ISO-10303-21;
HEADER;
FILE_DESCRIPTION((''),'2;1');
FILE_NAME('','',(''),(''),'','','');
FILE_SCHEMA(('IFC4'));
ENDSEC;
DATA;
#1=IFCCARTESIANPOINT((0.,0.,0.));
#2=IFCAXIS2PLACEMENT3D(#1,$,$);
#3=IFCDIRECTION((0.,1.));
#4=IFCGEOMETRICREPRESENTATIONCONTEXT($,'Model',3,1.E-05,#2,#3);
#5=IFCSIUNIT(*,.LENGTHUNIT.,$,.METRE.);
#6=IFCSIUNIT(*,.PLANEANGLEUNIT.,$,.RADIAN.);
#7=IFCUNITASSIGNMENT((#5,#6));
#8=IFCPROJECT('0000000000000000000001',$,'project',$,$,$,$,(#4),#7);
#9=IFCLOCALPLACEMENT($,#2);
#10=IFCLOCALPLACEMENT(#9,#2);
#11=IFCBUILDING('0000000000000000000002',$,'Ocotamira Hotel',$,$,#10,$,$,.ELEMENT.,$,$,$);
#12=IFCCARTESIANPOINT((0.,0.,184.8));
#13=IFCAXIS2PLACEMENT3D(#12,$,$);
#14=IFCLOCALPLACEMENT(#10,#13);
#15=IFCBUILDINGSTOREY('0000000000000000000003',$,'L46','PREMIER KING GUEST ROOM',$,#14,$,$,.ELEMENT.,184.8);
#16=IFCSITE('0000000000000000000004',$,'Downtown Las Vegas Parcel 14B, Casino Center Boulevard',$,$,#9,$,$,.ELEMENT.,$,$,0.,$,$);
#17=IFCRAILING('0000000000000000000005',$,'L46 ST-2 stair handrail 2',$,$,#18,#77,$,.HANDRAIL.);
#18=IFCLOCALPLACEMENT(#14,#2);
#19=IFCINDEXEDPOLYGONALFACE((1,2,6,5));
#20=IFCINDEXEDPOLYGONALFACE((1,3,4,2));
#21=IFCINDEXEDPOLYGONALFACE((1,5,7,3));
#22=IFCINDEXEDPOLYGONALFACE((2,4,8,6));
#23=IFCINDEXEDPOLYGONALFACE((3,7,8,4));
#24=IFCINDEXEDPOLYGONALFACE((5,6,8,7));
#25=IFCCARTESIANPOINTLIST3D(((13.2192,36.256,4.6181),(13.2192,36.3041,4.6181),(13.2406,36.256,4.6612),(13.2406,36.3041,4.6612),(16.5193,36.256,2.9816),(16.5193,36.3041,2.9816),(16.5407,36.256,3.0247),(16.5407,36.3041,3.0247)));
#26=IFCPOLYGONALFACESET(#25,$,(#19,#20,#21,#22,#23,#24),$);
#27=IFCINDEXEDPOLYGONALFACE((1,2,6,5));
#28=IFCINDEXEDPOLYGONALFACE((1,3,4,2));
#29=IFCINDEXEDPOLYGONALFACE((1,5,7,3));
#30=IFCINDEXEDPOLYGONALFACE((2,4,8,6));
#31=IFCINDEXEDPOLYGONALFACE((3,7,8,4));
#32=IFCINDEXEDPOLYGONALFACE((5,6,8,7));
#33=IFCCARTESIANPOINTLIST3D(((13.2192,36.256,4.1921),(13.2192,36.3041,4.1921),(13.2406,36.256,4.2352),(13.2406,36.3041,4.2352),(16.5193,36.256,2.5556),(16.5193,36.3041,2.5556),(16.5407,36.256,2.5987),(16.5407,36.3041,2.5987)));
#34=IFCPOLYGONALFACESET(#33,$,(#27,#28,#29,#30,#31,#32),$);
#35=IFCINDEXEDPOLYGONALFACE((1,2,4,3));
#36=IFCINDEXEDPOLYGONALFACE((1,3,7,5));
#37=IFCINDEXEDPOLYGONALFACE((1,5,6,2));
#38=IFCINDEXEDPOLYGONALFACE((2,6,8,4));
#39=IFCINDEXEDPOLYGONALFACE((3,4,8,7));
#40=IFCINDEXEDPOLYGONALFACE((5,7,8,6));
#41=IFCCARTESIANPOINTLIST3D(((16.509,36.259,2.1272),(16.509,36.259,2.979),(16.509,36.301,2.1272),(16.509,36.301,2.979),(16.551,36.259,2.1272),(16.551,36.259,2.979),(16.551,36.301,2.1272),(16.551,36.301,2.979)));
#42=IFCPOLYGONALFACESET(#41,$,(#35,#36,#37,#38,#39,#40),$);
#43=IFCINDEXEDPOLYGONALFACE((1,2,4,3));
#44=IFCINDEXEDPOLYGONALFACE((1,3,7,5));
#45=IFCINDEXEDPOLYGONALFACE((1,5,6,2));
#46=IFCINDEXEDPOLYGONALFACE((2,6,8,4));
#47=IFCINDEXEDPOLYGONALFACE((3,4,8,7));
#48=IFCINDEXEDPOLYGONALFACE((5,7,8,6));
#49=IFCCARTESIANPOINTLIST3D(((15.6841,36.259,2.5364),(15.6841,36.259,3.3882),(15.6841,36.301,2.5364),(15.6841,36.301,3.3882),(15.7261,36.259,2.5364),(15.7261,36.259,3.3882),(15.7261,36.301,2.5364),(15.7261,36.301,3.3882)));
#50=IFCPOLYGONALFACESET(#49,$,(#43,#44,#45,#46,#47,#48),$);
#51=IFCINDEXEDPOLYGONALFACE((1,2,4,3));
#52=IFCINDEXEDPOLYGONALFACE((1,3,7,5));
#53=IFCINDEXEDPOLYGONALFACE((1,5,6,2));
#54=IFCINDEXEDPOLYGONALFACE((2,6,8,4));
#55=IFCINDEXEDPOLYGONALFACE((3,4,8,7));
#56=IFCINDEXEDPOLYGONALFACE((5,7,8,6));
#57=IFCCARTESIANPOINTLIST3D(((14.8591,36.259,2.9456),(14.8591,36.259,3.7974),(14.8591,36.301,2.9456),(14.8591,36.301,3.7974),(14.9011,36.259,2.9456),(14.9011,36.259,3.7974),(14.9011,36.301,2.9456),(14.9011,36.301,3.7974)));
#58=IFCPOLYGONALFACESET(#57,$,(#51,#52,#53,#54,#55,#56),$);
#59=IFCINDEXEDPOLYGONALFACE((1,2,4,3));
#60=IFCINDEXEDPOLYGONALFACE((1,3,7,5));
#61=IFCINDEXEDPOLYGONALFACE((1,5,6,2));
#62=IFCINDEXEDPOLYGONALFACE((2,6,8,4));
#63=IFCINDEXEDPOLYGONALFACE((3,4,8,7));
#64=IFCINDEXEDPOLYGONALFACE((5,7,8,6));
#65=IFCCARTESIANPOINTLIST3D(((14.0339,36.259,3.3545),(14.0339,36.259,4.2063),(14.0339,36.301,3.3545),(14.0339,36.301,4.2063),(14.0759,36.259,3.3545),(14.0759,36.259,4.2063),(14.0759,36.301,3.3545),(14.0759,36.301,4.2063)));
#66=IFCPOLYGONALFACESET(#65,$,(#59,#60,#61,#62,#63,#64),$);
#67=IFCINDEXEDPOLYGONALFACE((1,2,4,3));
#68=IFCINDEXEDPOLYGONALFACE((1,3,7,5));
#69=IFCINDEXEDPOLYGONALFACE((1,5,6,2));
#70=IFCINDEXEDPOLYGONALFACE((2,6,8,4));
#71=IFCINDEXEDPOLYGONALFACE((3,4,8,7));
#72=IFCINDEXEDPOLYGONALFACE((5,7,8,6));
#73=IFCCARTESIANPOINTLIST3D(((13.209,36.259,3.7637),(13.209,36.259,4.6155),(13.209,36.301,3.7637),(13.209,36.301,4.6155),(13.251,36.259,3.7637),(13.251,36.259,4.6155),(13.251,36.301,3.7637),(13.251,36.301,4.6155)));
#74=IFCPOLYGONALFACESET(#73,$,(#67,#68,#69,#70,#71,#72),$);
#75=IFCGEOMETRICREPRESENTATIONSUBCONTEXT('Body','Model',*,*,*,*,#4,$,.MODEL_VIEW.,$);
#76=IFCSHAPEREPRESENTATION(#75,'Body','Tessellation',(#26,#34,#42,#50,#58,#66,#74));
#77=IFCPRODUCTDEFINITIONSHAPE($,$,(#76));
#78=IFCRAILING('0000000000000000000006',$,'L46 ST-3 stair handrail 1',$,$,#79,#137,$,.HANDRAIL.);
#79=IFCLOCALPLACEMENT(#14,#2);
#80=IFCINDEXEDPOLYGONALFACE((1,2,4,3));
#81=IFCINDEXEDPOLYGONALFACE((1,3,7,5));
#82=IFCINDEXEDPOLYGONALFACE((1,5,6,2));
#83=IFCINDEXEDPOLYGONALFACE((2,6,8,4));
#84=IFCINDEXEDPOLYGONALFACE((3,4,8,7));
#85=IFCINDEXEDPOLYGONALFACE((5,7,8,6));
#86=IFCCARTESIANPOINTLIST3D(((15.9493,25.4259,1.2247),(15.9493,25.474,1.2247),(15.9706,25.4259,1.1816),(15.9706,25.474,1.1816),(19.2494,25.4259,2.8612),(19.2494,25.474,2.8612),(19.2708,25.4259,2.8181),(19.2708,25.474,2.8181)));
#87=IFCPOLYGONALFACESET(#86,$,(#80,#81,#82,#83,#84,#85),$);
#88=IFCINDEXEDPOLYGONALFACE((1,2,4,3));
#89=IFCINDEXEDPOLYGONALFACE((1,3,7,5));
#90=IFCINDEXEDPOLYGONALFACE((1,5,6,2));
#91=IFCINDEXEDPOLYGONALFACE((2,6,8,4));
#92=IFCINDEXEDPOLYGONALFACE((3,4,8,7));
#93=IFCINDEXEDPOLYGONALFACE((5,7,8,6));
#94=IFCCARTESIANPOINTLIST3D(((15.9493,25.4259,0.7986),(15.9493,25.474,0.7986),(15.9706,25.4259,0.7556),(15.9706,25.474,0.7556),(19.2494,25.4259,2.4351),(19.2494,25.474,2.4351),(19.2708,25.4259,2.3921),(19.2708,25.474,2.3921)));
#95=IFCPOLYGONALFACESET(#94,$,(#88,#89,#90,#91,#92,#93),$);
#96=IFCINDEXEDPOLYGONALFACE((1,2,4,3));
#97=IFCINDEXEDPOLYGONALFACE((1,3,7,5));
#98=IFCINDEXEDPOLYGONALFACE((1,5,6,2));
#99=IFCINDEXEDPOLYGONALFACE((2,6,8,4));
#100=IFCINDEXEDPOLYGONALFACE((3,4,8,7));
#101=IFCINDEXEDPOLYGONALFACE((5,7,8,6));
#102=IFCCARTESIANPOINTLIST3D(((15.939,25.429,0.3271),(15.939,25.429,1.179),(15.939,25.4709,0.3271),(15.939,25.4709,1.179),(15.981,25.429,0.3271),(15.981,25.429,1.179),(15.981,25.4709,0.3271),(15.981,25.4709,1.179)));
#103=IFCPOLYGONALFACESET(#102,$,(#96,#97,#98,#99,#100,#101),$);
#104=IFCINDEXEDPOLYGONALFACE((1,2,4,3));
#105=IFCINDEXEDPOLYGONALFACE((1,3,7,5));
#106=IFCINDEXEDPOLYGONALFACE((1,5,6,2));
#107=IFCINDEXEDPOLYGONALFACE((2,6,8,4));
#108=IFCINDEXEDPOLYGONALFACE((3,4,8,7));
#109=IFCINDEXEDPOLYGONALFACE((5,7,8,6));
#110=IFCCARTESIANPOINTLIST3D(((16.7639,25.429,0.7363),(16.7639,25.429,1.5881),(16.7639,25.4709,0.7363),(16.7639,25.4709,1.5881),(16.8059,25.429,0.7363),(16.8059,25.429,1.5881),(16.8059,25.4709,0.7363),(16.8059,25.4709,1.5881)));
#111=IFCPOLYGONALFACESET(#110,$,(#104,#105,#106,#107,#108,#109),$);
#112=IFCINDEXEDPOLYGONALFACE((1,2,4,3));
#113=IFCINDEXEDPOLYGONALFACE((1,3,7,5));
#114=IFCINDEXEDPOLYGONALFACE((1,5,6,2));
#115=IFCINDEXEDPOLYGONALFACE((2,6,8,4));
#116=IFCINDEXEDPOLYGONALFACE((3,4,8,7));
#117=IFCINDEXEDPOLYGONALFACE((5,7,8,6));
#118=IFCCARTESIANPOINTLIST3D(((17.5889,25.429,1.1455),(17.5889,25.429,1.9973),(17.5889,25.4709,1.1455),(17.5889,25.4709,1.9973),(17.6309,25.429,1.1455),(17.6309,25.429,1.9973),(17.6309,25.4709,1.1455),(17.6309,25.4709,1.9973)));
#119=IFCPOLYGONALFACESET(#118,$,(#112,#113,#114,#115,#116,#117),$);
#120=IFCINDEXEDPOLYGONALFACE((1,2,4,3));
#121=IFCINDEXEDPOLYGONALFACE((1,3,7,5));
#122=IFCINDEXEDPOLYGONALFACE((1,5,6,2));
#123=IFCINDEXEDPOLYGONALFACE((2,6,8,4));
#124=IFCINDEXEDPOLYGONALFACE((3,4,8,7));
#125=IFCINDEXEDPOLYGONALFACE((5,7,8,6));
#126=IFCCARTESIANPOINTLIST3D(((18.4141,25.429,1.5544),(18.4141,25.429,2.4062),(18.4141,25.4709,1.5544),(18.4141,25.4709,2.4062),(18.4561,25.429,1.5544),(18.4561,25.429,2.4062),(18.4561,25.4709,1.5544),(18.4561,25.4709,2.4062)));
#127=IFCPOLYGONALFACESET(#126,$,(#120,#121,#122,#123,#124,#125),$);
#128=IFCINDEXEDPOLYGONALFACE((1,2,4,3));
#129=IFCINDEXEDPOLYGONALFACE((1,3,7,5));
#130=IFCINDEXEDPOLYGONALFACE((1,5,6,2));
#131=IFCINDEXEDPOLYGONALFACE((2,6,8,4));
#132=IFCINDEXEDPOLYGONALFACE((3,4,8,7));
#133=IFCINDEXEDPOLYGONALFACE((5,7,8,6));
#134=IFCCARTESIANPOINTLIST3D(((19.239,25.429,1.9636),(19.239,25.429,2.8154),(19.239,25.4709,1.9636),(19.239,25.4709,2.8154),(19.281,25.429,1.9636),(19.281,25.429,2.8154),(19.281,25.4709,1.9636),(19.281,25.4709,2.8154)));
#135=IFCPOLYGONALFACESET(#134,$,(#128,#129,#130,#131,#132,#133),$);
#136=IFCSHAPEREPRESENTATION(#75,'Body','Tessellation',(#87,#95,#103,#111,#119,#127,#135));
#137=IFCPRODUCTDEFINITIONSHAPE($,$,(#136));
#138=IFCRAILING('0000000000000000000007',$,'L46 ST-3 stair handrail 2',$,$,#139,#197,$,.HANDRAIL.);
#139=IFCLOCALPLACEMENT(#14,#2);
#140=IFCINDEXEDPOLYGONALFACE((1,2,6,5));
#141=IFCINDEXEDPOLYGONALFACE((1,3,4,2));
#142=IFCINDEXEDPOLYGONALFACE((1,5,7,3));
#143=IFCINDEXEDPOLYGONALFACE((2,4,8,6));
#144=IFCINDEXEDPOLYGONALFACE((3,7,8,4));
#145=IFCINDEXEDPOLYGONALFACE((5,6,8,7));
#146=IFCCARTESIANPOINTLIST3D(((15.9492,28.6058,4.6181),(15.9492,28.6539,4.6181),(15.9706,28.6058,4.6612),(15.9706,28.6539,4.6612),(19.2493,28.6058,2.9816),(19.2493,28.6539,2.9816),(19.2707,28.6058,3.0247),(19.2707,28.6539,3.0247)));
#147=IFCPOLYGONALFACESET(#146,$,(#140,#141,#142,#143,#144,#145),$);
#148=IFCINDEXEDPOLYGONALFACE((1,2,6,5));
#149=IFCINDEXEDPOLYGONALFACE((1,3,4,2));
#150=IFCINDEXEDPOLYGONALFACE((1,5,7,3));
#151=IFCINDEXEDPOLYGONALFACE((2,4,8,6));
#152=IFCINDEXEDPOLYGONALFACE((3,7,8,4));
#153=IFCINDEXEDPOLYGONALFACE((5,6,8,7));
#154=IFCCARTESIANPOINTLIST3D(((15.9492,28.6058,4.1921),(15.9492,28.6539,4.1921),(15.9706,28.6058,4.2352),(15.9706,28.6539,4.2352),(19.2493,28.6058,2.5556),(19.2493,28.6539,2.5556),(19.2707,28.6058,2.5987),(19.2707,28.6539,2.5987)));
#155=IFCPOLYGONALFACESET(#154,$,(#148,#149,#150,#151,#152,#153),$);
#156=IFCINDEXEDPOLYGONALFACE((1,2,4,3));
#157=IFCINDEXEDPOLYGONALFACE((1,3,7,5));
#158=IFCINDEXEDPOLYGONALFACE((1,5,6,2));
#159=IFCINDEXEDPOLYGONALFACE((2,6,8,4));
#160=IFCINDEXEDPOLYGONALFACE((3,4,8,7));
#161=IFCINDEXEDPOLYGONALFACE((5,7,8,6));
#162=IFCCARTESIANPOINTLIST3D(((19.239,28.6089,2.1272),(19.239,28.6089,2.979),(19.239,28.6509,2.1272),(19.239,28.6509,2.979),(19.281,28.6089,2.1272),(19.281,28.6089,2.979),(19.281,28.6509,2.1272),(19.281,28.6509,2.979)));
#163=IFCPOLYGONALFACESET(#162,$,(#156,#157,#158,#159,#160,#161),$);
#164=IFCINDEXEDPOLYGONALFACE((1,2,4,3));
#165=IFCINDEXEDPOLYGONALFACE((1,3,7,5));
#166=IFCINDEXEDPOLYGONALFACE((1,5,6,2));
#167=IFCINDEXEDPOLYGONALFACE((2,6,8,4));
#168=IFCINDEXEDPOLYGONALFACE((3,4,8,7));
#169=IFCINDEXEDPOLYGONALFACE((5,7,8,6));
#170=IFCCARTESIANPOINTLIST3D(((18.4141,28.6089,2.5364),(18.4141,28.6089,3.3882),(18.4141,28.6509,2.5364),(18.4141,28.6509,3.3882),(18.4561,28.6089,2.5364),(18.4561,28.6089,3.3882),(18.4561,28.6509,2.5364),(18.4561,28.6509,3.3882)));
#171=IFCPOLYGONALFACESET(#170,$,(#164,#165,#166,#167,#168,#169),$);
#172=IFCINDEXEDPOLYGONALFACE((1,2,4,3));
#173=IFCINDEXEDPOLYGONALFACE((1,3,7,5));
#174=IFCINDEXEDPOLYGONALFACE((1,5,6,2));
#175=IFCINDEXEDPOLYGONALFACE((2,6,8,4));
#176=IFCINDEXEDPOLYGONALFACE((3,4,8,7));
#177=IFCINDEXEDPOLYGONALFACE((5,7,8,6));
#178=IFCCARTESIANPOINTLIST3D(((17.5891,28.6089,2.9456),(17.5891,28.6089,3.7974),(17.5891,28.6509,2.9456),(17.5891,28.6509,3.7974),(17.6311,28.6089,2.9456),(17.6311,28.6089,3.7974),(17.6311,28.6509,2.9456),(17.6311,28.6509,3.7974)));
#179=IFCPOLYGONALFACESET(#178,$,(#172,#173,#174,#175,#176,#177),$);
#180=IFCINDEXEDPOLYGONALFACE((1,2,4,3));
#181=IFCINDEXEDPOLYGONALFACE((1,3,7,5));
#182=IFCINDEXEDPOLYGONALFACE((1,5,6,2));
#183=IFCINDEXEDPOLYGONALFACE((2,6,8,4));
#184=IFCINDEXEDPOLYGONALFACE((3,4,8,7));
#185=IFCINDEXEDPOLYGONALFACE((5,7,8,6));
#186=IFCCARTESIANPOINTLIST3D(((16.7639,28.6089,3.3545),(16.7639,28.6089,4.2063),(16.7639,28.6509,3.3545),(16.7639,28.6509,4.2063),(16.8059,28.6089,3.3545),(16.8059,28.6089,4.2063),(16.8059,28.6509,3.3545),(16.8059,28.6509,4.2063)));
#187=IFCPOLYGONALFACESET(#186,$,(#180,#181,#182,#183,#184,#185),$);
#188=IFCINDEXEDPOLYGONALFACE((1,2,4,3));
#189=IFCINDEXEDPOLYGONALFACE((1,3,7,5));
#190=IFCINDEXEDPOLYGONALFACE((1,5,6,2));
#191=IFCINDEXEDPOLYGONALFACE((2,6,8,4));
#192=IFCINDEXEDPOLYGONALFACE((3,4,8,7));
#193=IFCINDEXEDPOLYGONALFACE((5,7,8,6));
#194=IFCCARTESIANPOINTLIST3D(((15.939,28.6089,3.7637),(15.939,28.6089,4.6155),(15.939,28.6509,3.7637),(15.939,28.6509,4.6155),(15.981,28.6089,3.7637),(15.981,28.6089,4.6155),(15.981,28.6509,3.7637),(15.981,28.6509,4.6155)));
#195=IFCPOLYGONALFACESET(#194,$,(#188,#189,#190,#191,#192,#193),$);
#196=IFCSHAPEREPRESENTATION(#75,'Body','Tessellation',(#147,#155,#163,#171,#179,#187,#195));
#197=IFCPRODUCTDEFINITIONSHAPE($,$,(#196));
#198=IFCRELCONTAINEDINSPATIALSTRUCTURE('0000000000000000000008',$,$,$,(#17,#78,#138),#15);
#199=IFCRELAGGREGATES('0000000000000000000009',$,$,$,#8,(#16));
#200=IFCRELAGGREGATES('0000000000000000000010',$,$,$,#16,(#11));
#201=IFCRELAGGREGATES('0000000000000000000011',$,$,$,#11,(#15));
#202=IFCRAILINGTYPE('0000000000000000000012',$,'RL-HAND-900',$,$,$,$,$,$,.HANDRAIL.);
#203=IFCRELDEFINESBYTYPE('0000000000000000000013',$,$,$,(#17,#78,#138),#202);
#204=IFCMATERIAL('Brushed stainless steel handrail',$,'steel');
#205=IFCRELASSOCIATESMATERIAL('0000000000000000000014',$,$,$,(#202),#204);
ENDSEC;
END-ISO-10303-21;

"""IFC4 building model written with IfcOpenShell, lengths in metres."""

from ifc_helpers import new_model, si_unit, direction, frame, origin, origin_2d, place, context, subcontext, project, spatial, rectangle, extrude, material, type_object, element, save


model = new_model("IFC4")

# Units and contexts
model_context = context("Model", 3, precision=1e-05, world=origin(), true_north=direction((0.0, 1.0)))
body_context = subcontext(model_context, "Body", "Model", "MODEL_VIEW")
ifc_project = project(units=[si_unit("LENGTHUNIT", "METRE"), si_unit("PLANEANGLEUNIT", "RADIAN")], contexts=[model_context])

# Site, building, storey
site_placement = place(None, origin())
site = spatial("IfcSite", under=ifc_project, at=site_placement, Name="Downtown Las Vegas Parcel 14B, Casino Center Boulevard", CompositionType="ELEMENT", RefElevation=0.0)
building_placement = place(site_placement, origin())
building = spatial("IfcBuilding", under=site, at=building_placement, Name="Ocotamira Hotel", CompositionType="ELEMENT")
storey_placement = place(building_placement, frame((0.0, 0.0, 184.8)))
storey = spatial("IfcBuildingStorey", under=building, at=storey_placement, Name="L46", Description="PREMIER KING GUEST ROOM", CompositionType="ELEMENT", Elevation=184.8)

# Railings
ifc_material_1 = material(Name="Brushed stainless steel handrail", Category="steel")
railing_type_1 = type_object("IfcRailingType", Name="RL-HAND-900", PredefinedType="HANDRAIL", material=ifc_material_1)
railing_1_placement = place(storey_placement, frame((16.53, 36.28, 2.1272)))
element("IfcRailing", 1, at=railing_1_placement, inside=storey, type_object=railing_type_1, Name="L46 ST-2 stair handrail 2", PredefinedType="HANDRAIL", context=body_context, shape_type="SweptSolid", body=[
    extrude(rectangle(XDim=0.0481, YDim=0.0481, at=origin_2d()), frame((0.0, 0.0, 0.876), z_axis=(-0.895894, 0.0, 0.444268), x_axis=(0.0, -1.0, 0.0)), (0.0, 0.0, 1.0), 3.6836),
    extrude(rectangle(XDim=0.0481, YDim=0.0481, at=origin_2d()), frame((0.0, 0.0, 0.45), z_axis=(-0.895894, 0.0, 0.444268), x_axis=(0.0, -1.0, 0.0)), (0.0, 0.0, 1.0), 3.6836),
    extrude(rectangle(XDim=0.042, YDim=0.042, at=origin_2d()), origin(), (0.0, 0.0, 1.0), 0.8518),
    extrude(rectangle(XDim=0.042, YDim=0.042, at=origin_2d()), frame((-0.825, 0.0, 0.4092)), (0.0, 0.0, 1.0), 0.8518),
    extrude(rectangle(XDim=0.042, YDim=0.042, at=origin_2d()), frame((-1.6499, 0.0, 0.8184)), (0.0, 0.0, 1.0), 0.8518),
    extrude(rectangle(XDim=0.042, YDim=0.042, at=origin_2d()), frame((-2.4751, 0.0, 1.2273)), (0.0, 0.0, 1.0), 0.8518),
    extrude(rectangle(XDim=0.042, YDim=0.042, at=origin_2d()), frame((-3.3, 0.0, 1.6365)), (0.0, 0.0, 1.0), 0.8518),
])
railing_2_placement = place(storey_placement, frame((15.96, 25.45, 0.3271)))
element("IfcRailing", 2, at=railing_2_placement, inside=storey, type_object=railing_type_1, Name="L46 ST-3 stair handrail 1", PredefinedType="HANDRAIL", context=body_context, shape_type="SweptSolid", body=[
    extrude(rectangle(XDim=0.0481, YDim=0.0481, at=origin_2d()), frame((0.0, 0.0, 0.876), z_axis=(0.895894, 0.0, 0.444268), x_axis=(0.0, 1.0, 0.0)), (0.0, 0.0, 1.0), 3.6836),
    extrude(rectangle(XDim=0.0481, YDim=0.0481, at=origin_2d()), frame((0.0, 0.0, 0.45), z_axis=(0.895894, 0.0, 0.444268), x_axis=(0.0, 1.0, 0.0)), (0.0, 0.0, 1.0), 3.6836),
    extrude(rectangle(XDim=0.042, YDim=0.042, at=origin_2d()), origin(), (0.0, 0.0, 1.0), 0.8518),
    extrude(rectangle(XDim=0.042, YDim=0.042, at=origin_2d()), frame((0.825, 0.0, 0.4092)), (0.0, 0.0, 1.0), 0.8518),
    extrude(rectangle(XDim=0.042, YDim=0.042, at=origin_2d()), frame((1.6499, 0.0, 0.8184)), (0.0, 0.0, 1.0), 0.8518),
    extrude(rectangle(XDim=0.042, YDim=0.042, at=origin_2d()), frame((2.4751, 0.0, 1.2273)), (0.0, 0.0, 1.0), 0.8518),
    extrude(rectangle(XDim=0.042, YDim=0.042, at=origin_2d()), frame((3.3, 0.0, 1.6365)), (0.0, 0.0, 1.0), 0.8518),
])
railing_3_placement = place(storey_placement, frame((19.26, 28.6299, 2.1272)))
element("IfcRailing", 3, at=railing_3_placement, inside=storey, type_object=railing_type_1, Name="L46 ST-3 stair handrail 2", PredefinedType="HANDRAIL", context=body_context, shape_type="SweptSolid", body=[
    extrude(rectangle(XDim=0.0481, YDim=0.0481, at=origin_2d()), frame((0.0, 0.0, 0.876), z_axis=(-0.895894, 0.0, 0.444268), x_axis=(0.0, -1.0, 0.0)), (0.0, 0.0, 1.0), 3.6836),
    extrude(rectangle(XDim=0.0481, YDim=0.0481, at=origin_2d()), frame((0.0, 0.0, 0.45), z_axis=(-0.895894, 0.0, 0.444268), x_axis=(0.0, -1.0, 0.0)), (0.0, 0.0, 1.0), 3.6836),
    extrude(rectangle(XDim=0.042, YDim=0.042, at=origin_2d()), origin(), (0.0, 0.0, 1.0), 0.8518),
    extrude(rectangle(XDim=0.042, YDim=0.042, at=origin_2d()), frame((-0.825, 0.0, 0.4092)), (0.0, 0.0, 1.0), 0.8518),
    extrude(rectangle(XDim=0.042, YDim=0.042, at=origin_2d()), frame((-1.6499, 0.0, 0.8184)), (0.0, 0.0, 1.0), 0.8518),
    extrude(rectangle(XDim=0.042, YDim=0.042, at=origin_2d()), frame((-2.4751, 0.0, 1.2273)), (0.0, 0.0, 1.0), 0.8518),
    extrude(rectangle(XDim=0.042, YDim=0.042, at=origin_2d()), frame((-3.3, 0.0, 1.6365)), (0.0, 0.0, 1.0), 0.8518),
])

save(model, "model.ifc")
